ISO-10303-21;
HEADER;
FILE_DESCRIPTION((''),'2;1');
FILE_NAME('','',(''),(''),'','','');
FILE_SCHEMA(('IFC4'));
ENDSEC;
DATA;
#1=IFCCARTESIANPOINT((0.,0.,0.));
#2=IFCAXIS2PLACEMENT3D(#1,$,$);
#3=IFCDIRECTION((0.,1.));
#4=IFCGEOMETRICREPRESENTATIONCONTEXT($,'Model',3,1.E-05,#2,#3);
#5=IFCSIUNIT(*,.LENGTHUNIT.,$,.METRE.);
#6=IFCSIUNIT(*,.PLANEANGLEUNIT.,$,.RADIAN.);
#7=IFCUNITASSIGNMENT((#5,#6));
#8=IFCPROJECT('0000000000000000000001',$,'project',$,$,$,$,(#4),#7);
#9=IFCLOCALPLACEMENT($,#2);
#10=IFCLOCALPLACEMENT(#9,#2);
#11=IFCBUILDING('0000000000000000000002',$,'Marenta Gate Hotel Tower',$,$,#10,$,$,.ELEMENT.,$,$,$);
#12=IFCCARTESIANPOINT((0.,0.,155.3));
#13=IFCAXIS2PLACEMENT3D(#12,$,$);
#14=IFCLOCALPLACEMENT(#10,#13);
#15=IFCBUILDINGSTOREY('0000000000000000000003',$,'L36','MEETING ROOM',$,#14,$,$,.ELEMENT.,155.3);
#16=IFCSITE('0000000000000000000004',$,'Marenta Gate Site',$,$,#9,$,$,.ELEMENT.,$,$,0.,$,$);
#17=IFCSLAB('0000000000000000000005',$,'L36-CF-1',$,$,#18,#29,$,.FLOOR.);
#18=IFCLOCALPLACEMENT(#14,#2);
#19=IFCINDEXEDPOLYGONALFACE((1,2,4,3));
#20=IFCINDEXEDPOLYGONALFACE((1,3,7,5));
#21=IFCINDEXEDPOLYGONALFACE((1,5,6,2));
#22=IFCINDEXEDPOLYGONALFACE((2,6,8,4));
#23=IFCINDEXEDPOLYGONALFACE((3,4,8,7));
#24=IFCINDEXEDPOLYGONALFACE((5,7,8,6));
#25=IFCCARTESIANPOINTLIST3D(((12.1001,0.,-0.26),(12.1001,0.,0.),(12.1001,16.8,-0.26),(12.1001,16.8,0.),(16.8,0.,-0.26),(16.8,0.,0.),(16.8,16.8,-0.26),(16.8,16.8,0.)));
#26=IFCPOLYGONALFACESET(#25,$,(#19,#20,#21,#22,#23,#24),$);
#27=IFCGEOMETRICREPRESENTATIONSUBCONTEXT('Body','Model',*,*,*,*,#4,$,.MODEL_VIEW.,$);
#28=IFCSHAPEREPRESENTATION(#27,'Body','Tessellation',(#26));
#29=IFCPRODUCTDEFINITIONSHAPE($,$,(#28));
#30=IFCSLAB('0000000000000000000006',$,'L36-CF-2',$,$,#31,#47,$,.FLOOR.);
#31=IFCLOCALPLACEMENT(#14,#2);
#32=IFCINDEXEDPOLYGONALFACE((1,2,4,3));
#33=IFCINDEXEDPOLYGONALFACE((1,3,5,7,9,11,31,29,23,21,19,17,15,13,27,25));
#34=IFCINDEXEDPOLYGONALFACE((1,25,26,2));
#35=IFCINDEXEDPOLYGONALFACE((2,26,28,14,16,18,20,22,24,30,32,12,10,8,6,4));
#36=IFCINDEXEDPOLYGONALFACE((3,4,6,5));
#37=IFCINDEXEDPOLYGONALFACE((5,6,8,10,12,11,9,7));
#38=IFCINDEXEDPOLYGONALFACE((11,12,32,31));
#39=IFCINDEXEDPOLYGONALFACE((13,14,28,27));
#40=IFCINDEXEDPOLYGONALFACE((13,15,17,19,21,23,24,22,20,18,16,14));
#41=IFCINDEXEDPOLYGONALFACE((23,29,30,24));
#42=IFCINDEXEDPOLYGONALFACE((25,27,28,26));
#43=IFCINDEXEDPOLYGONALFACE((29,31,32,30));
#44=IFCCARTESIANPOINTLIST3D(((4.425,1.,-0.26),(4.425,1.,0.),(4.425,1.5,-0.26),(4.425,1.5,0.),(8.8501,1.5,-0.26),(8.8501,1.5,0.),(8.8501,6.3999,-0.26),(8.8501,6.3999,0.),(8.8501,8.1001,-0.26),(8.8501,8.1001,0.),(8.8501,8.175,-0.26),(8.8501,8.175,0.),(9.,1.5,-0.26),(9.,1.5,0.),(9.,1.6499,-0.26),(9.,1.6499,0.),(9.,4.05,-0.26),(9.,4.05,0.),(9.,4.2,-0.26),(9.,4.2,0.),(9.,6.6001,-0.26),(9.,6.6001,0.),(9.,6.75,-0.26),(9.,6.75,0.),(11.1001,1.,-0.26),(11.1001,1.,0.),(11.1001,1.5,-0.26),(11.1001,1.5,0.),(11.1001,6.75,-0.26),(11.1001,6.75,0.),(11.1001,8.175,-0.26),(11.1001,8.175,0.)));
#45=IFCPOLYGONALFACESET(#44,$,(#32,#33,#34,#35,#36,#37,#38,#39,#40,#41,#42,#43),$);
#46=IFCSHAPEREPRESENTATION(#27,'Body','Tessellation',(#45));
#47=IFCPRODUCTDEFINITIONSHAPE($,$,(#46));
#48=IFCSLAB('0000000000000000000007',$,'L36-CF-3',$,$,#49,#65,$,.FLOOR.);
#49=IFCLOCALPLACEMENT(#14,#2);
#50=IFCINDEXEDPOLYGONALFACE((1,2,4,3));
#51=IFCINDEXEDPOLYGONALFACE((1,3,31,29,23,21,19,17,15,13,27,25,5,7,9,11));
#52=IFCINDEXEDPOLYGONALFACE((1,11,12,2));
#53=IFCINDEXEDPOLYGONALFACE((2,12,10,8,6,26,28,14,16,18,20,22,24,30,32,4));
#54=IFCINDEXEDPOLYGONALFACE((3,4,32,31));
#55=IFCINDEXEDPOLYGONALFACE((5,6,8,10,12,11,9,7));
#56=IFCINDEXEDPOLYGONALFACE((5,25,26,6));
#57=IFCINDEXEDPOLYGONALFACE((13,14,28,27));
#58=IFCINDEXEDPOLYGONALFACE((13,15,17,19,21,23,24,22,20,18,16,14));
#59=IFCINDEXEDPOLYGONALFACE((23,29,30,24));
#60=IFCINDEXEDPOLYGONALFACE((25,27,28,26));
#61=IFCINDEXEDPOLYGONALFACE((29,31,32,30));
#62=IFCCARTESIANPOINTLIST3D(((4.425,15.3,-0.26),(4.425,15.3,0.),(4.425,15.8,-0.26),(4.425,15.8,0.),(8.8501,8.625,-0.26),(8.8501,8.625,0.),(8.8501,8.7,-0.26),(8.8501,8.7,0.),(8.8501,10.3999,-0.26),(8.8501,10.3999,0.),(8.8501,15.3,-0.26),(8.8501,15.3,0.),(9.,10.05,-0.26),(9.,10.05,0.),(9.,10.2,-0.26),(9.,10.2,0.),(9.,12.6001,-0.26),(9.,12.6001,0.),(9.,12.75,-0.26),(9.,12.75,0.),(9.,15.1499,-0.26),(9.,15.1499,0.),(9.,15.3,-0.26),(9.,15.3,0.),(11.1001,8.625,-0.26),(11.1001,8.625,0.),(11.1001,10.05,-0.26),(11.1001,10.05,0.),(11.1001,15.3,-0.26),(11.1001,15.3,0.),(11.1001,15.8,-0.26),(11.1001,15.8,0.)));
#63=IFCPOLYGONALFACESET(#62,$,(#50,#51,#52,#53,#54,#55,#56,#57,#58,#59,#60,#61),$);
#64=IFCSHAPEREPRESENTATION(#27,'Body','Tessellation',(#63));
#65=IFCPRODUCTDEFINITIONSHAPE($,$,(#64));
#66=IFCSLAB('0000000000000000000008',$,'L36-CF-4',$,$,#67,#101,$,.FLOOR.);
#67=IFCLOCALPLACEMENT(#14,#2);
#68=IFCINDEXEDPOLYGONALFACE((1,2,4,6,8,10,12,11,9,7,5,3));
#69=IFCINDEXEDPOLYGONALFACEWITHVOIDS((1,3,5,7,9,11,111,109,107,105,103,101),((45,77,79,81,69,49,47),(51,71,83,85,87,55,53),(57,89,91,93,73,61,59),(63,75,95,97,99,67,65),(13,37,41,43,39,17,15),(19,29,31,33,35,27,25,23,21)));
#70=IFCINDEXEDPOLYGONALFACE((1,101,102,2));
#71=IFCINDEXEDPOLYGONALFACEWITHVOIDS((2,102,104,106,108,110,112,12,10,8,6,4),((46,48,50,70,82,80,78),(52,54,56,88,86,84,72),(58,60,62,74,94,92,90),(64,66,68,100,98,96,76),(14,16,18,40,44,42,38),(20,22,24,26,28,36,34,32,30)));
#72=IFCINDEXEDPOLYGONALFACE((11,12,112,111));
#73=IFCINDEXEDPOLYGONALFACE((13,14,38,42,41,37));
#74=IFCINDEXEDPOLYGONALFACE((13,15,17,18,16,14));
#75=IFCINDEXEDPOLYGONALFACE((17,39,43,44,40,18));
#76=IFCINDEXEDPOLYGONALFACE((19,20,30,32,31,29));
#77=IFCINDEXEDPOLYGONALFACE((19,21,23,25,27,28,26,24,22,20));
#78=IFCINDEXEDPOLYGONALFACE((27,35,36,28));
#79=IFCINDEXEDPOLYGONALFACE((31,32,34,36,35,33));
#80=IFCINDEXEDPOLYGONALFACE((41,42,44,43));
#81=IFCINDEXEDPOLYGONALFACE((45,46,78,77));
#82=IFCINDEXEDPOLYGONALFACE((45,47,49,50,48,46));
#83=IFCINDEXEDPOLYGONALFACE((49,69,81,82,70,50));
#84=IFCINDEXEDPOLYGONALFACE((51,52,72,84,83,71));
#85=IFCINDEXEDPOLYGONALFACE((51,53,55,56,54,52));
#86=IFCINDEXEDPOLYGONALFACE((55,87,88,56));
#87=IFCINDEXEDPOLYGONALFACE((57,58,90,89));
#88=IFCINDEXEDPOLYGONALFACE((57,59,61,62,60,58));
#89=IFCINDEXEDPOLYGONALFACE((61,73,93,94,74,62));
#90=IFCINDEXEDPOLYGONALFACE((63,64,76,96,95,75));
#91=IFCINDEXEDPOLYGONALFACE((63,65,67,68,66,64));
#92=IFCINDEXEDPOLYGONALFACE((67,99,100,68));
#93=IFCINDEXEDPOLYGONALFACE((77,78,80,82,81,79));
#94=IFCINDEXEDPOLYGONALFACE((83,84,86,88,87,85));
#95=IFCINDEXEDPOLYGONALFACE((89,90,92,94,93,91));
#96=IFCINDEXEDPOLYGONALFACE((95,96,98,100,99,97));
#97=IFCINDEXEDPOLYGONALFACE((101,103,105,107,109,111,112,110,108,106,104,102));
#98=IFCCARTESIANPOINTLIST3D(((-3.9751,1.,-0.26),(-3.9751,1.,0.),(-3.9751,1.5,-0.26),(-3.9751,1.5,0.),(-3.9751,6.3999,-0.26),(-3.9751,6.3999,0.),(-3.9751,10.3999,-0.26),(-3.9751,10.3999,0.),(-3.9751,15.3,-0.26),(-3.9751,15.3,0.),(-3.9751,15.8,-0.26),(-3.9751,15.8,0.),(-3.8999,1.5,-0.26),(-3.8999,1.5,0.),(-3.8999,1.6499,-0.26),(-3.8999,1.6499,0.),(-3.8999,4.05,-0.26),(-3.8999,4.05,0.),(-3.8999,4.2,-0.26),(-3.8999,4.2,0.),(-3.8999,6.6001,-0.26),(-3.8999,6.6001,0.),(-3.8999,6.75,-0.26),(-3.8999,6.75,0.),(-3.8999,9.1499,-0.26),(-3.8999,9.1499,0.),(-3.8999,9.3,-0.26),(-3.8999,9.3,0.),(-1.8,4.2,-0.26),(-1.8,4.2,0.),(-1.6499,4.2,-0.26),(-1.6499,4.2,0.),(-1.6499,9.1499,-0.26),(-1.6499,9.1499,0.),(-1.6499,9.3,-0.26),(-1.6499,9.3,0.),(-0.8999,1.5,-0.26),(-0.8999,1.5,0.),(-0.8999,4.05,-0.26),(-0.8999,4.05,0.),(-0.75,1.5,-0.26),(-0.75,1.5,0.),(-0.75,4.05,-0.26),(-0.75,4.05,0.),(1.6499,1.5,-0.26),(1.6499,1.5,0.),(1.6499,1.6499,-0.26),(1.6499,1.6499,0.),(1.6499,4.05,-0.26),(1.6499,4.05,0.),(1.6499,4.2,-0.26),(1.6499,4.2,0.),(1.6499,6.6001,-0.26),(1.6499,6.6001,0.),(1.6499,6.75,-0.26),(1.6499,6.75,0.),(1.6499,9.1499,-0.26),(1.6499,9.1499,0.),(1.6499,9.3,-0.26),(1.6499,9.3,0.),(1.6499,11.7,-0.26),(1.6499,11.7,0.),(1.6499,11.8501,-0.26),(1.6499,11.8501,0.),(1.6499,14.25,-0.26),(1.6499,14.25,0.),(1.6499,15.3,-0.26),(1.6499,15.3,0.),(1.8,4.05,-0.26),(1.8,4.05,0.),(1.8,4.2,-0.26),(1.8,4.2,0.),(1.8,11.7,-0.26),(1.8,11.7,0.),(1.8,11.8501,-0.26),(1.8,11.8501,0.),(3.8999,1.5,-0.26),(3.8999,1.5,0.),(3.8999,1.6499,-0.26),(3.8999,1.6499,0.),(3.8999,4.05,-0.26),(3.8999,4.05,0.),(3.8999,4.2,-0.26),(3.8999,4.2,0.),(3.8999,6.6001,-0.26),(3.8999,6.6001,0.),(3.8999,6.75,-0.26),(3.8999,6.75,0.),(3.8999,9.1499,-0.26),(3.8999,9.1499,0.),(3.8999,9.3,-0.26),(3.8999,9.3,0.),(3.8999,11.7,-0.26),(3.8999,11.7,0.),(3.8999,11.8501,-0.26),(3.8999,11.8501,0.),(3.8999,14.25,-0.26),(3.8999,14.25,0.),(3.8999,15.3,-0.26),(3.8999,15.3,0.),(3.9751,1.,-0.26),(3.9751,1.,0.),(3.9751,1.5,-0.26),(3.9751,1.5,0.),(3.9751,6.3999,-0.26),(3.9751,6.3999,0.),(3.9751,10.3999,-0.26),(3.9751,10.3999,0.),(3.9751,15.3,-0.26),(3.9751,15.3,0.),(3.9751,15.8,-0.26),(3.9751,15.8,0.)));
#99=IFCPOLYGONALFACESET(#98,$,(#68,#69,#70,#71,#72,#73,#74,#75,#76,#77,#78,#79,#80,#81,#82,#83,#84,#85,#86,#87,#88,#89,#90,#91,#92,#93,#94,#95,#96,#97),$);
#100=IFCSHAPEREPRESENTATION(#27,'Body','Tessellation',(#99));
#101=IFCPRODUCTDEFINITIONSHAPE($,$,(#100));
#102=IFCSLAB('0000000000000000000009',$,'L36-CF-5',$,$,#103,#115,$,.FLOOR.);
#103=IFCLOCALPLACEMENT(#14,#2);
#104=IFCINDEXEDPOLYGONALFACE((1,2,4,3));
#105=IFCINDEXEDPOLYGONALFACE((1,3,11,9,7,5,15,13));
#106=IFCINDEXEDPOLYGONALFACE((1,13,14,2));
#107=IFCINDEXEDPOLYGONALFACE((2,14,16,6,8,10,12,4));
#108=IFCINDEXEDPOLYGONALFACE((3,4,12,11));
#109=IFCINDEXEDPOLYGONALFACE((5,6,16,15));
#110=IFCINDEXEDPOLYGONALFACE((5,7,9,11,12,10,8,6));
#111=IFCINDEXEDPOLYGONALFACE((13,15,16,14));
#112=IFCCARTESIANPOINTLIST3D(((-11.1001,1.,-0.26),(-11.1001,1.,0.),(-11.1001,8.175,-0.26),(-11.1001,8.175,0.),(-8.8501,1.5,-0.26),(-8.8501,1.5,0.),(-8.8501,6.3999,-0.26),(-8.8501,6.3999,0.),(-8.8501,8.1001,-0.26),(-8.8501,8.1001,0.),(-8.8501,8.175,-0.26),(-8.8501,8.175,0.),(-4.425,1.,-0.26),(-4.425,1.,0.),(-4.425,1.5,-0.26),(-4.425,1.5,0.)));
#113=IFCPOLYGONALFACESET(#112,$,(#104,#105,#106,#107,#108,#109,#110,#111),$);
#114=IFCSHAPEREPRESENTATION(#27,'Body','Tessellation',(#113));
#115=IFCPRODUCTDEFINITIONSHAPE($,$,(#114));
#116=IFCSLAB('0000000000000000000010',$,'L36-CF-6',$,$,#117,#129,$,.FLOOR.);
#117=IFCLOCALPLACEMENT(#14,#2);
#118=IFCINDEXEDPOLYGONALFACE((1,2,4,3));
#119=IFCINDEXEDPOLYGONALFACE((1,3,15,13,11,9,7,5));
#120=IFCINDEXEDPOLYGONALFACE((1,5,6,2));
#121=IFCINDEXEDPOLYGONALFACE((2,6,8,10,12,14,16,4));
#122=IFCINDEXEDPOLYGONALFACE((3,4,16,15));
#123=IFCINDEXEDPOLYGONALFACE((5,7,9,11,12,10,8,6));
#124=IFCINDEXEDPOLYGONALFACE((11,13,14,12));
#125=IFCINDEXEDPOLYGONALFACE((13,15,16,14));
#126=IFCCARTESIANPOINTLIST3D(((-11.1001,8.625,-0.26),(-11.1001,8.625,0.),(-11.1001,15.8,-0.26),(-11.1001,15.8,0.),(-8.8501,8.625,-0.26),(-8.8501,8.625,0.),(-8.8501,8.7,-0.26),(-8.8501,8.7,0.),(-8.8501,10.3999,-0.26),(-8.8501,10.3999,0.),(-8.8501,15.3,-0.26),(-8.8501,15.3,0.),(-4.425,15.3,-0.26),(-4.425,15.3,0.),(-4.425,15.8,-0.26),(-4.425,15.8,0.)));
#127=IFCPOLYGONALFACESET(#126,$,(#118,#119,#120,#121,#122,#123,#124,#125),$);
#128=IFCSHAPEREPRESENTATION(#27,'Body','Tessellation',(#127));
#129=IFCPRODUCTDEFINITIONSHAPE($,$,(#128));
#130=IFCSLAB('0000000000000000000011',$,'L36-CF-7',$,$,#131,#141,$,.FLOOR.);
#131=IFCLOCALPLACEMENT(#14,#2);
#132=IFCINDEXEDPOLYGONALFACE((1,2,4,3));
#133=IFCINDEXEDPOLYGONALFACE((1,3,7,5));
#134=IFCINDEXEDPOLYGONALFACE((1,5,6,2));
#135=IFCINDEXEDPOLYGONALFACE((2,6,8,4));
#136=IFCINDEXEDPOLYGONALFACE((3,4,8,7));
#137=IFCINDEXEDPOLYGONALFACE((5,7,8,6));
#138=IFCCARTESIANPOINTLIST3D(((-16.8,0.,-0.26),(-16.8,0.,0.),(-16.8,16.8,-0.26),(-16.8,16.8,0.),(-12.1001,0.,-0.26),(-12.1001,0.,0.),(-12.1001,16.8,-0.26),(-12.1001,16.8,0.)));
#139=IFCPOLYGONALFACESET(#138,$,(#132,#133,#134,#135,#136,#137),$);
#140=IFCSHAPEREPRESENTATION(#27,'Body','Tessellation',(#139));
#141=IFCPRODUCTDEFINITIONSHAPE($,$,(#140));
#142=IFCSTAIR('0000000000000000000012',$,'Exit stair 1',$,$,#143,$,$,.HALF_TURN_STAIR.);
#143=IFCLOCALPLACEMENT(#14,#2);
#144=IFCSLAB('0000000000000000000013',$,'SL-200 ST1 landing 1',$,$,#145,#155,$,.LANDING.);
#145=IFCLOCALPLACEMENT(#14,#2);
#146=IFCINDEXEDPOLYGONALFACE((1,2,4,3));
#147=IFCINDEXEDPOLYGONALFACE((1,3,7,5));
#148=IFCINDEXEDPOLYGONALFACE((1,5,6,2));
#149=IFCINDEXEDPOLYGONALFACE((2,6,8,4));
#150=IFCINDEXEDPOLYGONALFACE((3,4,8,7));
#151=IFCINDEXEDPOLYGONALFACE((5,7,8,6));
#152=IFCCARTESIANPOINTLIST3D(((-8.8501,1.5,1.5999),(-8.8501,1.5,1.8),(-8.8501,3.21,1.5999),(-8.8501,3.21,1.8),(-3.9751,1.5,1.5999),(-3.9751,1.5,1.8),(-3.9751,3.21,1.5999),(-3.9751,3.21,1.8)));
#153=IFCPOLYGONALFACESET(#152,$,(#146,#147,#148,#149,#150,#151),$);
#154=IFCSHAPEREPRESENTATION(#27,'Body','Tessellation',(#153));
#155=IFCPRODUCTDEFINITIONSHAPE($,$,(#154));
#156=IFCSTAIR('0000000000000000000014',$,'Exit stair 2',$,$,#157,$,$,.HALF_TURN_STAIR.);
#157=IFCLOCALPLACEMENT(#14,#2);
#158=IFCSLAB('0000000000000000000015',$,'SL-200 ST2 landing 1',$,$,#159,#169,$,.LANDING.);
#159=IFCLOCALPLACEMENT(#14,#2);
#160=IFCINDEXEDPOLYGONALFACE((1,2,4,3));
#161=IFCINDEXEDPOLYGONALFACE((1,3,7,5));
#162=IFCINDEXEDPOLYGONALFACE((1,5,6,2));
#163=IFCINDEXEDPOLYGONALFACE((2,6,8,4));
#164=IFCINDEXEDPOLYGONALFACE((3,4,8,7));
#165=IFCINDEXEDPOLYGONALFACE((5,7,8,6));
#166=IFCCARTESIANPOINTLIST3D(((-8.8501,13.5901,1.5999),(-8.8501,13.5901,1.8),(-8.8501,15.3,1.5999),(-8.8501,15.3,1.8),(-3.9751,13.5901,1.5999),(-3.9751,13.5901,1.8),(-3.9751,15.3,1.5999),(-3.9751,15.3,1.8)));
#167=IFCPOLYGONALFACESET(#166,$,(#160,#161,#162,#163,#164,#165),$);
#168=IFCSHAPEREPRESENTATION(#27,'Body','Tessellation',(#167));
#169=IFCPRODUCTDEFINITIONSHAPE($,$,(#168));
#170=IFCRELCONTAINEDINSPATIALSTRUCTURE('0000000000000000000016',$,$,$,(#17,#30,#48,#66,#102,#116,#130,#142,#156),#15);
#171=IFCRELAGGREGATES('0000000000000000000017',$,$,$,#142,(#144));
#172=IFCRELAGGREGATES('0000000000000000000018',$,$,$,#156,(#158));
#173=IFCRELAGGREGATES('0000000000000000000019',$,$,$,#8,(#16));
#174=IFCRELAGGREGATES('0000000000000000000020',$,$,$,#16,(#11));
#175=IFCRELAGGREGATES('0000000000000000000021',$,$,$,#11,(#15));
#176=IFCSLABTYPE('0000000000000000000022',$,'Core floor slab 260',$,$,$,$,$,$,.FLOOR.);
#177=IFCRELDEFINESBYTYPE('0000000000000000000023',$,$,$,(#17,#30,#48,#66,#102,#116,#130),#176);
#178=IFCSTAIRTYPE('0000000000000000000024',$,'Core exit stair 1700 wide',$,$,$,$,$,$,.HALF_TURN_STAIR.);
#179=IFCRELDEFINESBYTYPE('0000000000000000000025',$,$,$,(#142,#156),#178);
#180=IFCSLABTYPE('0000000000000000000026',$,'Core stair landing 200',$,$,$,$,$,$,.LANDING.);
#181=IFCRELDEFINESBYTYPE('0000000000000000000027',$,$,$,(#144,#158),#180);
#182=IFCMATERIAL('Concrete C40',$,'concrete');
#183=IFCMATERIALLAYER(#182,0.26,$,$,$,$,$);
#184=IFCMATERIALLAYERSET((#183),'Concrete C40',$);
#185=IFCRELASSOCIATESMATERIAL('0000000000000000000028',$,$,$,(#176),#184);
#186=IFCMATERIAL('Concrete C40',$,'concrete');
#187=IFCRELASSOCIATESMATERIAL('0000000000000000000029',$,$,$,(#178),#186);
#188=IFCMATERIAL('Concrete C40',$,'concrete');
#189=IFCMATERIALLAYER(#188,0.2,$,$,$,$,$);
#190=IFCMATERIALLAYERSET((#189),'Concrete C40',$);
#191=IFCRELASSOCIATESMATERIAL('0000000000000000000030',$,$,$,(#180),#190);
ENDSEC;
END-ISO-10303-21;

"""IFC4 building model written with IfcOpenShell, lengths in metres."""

from ifc_helpers import new_model, si_unit, direction, frame, origin, place, context, subcontext, project, spatial, polyline, outline, extrude, material, layer, layer_set, type_object, element, aggregate, save


model = new_model("IFC4")

# Units and contexts
model_context = context("Model", 3, precision=1e-05, world=origin(), true_north=direction((0.0, 1.0)))
body_context = subcontext(model_context, "Body", "Model", "MODEL_VIEW")
ifc_project = project(units=[si_unit("LENGTHUNIT", "METRE"), si_unit("PLANEANGLEUNIT", "RADIAN")], contexts=[model_context])

# Site, building, storey
site_placement = place(None, origin())
site = spatial("IfcSite", under=ifc_project, at=site_placement, Name="Marenta Gate Site", CompositionType="ELEMENT", RefElevation=0.0)
building_placement = place(site_placement, origin())
building = spatial("IfcBuilding", under=site, at=building_placement, Name="Marenta Gate Hotel Tower", CompositionType="ELEMENT")
storey_placement = place(building_placement, frame((0.0, 0.0, 155.3)))
storey = spatial("IfcBuildingStorey", under=building, at=storey_placement, Name="L36", Description="MEETING ROOM", CompositionType="ELEMENT", Elevation=155.3)

# Slabs
ifc_material_1 = material(Name="Concrete C40", Category="concrete")
ifc_layer_1 = layer(ifc_material_1, 0.26)
ifc_layer_set_1 = layer_set([ifc_layer_1], Name="Concrete C40")
slab_type_1 = type_object("IfcSlabType", Name="Core floor slab 260", PredefinedType="FLOOR", material=ifc_layer_set_1)
slab_1_placement = place(storey_placement, frame((0.0, 0.0, -0.26)))
element("IfcSlab", 1, at=slab_1_placement, inside=storey, type_object=slab_type_1, Name="L36-CF-1", PredefinedType="FLOOR", context=body_context, shape_type="SweptSolid", body=[
    extrude(outline(polyline([(12.1001, 0.0), (12.1001, 16.8), (16.8, 16.8), (16.8, 0.0), (12.1001, 0.0)])), origin(), (0.0, 0.0, 1.0), 0.26),
])
slab_2_placement = place(storey_placement, frame((0.0, 0.0, -0.26)))
element("IfcSlab", 2, at=slab_2_placement, inside=storey, type_object=slab_type_1, Name="L36-CF-2", PredefinedType="FLOOR", context=body_context, shape_type="SweptSolid", body=[
    extrude(outline(polyline([(8.8501, 1.5), (8.8501, 6.3999), (8.8501, 8.1001), (8.8501, 8.175), (11.1001, 8.175), (11.1001, 6.75), (9.0, 6.75), (9.0, 6.6001), (9.0, 4.2), (9.0, 4.05), (9.0, 1.6499), (9.0, 1.5), (11.1001, 1.5), (11.1001, 1.0), (4.425, 1.0), (4.425, 1.5), (8.8501, 1.5)])), origin(), (0.0, 0.0, 1.0), 0.26),
])
slab_3_placement = place(storey_placement, frame((0.0, 0.0, -0.26)))
element("IfcSlab", 3, at=slab_3_placement, inside=storey, type_object=slab_type_1, Name="L36-CF-3", PredefinedType="FLOOR", context=body_context, shape_type="SweptSolid", body=[
    extrude(outline(polyline([(8.8501, 15.3), (4.425, 15.3), (4.425, 15.8), (11.1001, 15.8), (11.1001, 15.3), (9.0, 15.3), (9.0, 15.1499), (9.0, 12.75), (9.0, 12.6001), (9.0, 10.2), (9.0, 10.05), (11.1001, 10.05), (11.1001, 8.625), (8.8501, 8.625), (8.8501, 8.7), (8.8501, 10.3999), (8.8501, 15.3)])), origin(), (0.0, 0.0, 1.0), 0.26),
])
slab_4_placement = place(storey_placement, frame((0.0, 0.0, -0.26)))
element("IfcSlab", 4, at=slab_4_placement, inside=storey, type_object=slab_type_1, Name="L36-CF-4", PredefinedType="FLOOR", context=body_context, shape_type="SweptSolid", body=[
    extrude(outline(polyline([(3.9751, 15.3), (3.9751, 10.3999), (3.9751, 6.3999), (3.9751, 1.5), (3.9751, 1.0), (-3.9751, 1.0), (-3.9751, 1.5), (-3.9751, 6.3999), (-3.9751, 10.3999), (-3.9751, 15.3), (-3.9751, 15.8), (3.9751, 15.8), (3.9751, 15.3)]), holes=[polyline([(1.6499, 1.5), (3.8999, 1.5), (3.8999, 1.6499), (3.8999, 4.05), (1.8, 4.05), (1.6499, 4.05), (1.6499, 1.6499), (1.6499, 1.5)]), polyline([(1.6499, 6.6001), (1.6499, 4.2), (1.8, 4.2), (3.8999, 4.2), (3.8999, 6.6001), (3.8999, 6.75), (1.6499, 6.75), (1.6499, 6.6001)]), polyline([(1.6499, 9.1499), (3.8999, 9.1499), (3.8999, 9.3), (3.8999, 11.7), (1.8, 11.7), (1.6499, 11.7), (1.6499, 9.3), (1.6499, 9.1499)]), polyline([(1.6499, 15.3), (1.6499, 14.25), (1.6499, 11.8501), (1.8, 11.8501), (3.8999, 11.8501), (3.8999, 14.25), (3.8999, 15.3), (1.6499, 15.3)]), polyline([(-3.8999, 4.05), (-3.8999, 1.6499), (-3.8999, 1.5), (-0.8999, 1.5), (-0.75, 1.5), (-0.75, 4.05), (-0.8999, 4.05), (-3.8999, 4.05)]), polyline([(-1.8, 4.2), (-1.6499, 4.2), (-1.6499, 9.1499), (-1.6499, 9.3), (-3.8999, 9.3), (-3.8999, 9.1499), (-3.8999, 6.75), (-3.8999, 6.6001), (-3.8999, 4.2), (-1.8, 4.2)])]), origin(), (0.0, 0.0, 1.0), 0.26),
])
slab_5_placement = place(storey_placement, frame((0.0, 0.0, -0.26)))
element("IfcSlab", 5, at=slab_5_placement, inside=storey, type_object=slab_type_1, Name="L36-CF-5", PredefinedType="FLOOR", context=body_context, shape_type="SweptSolid", body=[
    extrude(outline(polyline([(-8.8501, 8.175), (-8.8501, 8.1001), (-8.8501, 6.3999), (-8.8501, 1.5), (-4.425, 1.5), (-4.425, 1.0), (-11.1001, 1.0), (-11.1001, 8.175), (-8.8501, 8.175)])), origin(), (0.0, 0.0, 1.0), 0.26),
])
slab_6_placement = place(storey_placement, frame((0.0, 0.0, -0.26)))
element("IfcSlab", 6, at=slab_6_placement, inside=storey, type_object=slab_type_1, Name="L36-CF-6", PredefinedType="FLOOR", context=body_context, shape_type="SweptSolid", body=[
    extrude(outline(polyline([(-4.425, 15.3), (-8.8501, 15.3), (-8.8501, 10.3999), (-8.8501, 8.7), (-8.8501, 8.625), (-11.1001, 8.625), (-11.1001, 15.8), (-4.425, 15.8), (-4.425, 15.3)])), origin(), (0.0, 0.0, 1.0), 0.26),
])
slab_7_placement = place(storey_placement, frame((0.0, 0.0, -0.26)))
element("IfcSlab", 7, at=slab_7_placement, inside=storey, type_object=slab_type_1, Name="L36-CF-7", PredefinedType="FLOOR", context=body_context, shape_type="SweptSolid", body=[
    extrude(outline(polyline([(-12.1001, 16.8), (-12.1001, 0.0), (-16.8, 0.0), (-16.8, 16.8), (-12.1001, 16.8)])), origin(), (0.0, 0.0, 1.0), 0.26),
])

# Stairs, slabs
ifc_material_2 = material(Name="Concrete C40", Category="concrete")
stair_type_1 = type_object("IfcStairType", Name="Core exit stair 1700 wide", PredefinedType="HALF_TURN_STAIR", material=ifc_material_2)
stair_1_placement = place(storey_placement, origin())
stair_1 = element("IfcStair", 8, at=stair_1_placement, inside=storey, type_object=stair_type_1, Name="Exit stair 1", PredefinedType="HALF_TURN_STAIR")
ifc_material_3 = material(Name="Concrete C40", Category="concrete")
ifc_layer_2 = layer(ifc_material_3, 0.2)
ifc_layer_set_2 = layer_set([ifc_layer_2], Name="Concrete C40")
slab_type_2 = type_object("IfcSlabType", Name="Core stair landing 200", PredefinedType="LANDING", material=ifc_layer_set_2)
slab_8_placement = place(storey_placement, frame((0.0, 0.0, 1.5999)))
slab_8 = element("IfcSlab", 9, at=slab_8_placement, type_object=slab_type_2, Name="SL-200 ST1 landing 1", PredefinedType="LANDING", context=body_context, shape_type="SweptSolid", body=[
    extrude(outline(polyline([(-8.8501, 1.5), (-3.9751, 1.5), (-3.9751, 3.21), (-8.8501, 3.21), (-8.8501, 1.5)])), origin(), (0.0, 0.0, 1.0), 0.2002),
])
aggregate(stair_1, [slab_8])
stair_2_placement = place(storey_placement, origin())
stair_2 = element("IfcStair", 10, at=stair_2_placement, inside=storey, type_object=stair_type_1, Name="Exit stair 2", PredefinedType="HALF_TURN_STAIR")
slab_9_placement = place(storey_placement, frame((0.0, 0.0, 1.5999)))
slab_9 = element("IfcSlab", 11, at=slab_9_placement, type_object=slab_type_2, Name="SL-200 ST2 landing 1", PredefinedType="LANDING", context=body_context, shape_type="SweptSolid", body=[
    extrude(outline(polyline([(-8.8501, 13.5901), (-3.9751, 13.5901), (-3.9751, 15.3), (-8.8501, 15.3), (-8.8501, 13.5901)])), origin(), (0.0, 0.0, 1.0), 0.2002),
])
aggregate(stair_2, [slab_9])

save(model, "model.ifc")
